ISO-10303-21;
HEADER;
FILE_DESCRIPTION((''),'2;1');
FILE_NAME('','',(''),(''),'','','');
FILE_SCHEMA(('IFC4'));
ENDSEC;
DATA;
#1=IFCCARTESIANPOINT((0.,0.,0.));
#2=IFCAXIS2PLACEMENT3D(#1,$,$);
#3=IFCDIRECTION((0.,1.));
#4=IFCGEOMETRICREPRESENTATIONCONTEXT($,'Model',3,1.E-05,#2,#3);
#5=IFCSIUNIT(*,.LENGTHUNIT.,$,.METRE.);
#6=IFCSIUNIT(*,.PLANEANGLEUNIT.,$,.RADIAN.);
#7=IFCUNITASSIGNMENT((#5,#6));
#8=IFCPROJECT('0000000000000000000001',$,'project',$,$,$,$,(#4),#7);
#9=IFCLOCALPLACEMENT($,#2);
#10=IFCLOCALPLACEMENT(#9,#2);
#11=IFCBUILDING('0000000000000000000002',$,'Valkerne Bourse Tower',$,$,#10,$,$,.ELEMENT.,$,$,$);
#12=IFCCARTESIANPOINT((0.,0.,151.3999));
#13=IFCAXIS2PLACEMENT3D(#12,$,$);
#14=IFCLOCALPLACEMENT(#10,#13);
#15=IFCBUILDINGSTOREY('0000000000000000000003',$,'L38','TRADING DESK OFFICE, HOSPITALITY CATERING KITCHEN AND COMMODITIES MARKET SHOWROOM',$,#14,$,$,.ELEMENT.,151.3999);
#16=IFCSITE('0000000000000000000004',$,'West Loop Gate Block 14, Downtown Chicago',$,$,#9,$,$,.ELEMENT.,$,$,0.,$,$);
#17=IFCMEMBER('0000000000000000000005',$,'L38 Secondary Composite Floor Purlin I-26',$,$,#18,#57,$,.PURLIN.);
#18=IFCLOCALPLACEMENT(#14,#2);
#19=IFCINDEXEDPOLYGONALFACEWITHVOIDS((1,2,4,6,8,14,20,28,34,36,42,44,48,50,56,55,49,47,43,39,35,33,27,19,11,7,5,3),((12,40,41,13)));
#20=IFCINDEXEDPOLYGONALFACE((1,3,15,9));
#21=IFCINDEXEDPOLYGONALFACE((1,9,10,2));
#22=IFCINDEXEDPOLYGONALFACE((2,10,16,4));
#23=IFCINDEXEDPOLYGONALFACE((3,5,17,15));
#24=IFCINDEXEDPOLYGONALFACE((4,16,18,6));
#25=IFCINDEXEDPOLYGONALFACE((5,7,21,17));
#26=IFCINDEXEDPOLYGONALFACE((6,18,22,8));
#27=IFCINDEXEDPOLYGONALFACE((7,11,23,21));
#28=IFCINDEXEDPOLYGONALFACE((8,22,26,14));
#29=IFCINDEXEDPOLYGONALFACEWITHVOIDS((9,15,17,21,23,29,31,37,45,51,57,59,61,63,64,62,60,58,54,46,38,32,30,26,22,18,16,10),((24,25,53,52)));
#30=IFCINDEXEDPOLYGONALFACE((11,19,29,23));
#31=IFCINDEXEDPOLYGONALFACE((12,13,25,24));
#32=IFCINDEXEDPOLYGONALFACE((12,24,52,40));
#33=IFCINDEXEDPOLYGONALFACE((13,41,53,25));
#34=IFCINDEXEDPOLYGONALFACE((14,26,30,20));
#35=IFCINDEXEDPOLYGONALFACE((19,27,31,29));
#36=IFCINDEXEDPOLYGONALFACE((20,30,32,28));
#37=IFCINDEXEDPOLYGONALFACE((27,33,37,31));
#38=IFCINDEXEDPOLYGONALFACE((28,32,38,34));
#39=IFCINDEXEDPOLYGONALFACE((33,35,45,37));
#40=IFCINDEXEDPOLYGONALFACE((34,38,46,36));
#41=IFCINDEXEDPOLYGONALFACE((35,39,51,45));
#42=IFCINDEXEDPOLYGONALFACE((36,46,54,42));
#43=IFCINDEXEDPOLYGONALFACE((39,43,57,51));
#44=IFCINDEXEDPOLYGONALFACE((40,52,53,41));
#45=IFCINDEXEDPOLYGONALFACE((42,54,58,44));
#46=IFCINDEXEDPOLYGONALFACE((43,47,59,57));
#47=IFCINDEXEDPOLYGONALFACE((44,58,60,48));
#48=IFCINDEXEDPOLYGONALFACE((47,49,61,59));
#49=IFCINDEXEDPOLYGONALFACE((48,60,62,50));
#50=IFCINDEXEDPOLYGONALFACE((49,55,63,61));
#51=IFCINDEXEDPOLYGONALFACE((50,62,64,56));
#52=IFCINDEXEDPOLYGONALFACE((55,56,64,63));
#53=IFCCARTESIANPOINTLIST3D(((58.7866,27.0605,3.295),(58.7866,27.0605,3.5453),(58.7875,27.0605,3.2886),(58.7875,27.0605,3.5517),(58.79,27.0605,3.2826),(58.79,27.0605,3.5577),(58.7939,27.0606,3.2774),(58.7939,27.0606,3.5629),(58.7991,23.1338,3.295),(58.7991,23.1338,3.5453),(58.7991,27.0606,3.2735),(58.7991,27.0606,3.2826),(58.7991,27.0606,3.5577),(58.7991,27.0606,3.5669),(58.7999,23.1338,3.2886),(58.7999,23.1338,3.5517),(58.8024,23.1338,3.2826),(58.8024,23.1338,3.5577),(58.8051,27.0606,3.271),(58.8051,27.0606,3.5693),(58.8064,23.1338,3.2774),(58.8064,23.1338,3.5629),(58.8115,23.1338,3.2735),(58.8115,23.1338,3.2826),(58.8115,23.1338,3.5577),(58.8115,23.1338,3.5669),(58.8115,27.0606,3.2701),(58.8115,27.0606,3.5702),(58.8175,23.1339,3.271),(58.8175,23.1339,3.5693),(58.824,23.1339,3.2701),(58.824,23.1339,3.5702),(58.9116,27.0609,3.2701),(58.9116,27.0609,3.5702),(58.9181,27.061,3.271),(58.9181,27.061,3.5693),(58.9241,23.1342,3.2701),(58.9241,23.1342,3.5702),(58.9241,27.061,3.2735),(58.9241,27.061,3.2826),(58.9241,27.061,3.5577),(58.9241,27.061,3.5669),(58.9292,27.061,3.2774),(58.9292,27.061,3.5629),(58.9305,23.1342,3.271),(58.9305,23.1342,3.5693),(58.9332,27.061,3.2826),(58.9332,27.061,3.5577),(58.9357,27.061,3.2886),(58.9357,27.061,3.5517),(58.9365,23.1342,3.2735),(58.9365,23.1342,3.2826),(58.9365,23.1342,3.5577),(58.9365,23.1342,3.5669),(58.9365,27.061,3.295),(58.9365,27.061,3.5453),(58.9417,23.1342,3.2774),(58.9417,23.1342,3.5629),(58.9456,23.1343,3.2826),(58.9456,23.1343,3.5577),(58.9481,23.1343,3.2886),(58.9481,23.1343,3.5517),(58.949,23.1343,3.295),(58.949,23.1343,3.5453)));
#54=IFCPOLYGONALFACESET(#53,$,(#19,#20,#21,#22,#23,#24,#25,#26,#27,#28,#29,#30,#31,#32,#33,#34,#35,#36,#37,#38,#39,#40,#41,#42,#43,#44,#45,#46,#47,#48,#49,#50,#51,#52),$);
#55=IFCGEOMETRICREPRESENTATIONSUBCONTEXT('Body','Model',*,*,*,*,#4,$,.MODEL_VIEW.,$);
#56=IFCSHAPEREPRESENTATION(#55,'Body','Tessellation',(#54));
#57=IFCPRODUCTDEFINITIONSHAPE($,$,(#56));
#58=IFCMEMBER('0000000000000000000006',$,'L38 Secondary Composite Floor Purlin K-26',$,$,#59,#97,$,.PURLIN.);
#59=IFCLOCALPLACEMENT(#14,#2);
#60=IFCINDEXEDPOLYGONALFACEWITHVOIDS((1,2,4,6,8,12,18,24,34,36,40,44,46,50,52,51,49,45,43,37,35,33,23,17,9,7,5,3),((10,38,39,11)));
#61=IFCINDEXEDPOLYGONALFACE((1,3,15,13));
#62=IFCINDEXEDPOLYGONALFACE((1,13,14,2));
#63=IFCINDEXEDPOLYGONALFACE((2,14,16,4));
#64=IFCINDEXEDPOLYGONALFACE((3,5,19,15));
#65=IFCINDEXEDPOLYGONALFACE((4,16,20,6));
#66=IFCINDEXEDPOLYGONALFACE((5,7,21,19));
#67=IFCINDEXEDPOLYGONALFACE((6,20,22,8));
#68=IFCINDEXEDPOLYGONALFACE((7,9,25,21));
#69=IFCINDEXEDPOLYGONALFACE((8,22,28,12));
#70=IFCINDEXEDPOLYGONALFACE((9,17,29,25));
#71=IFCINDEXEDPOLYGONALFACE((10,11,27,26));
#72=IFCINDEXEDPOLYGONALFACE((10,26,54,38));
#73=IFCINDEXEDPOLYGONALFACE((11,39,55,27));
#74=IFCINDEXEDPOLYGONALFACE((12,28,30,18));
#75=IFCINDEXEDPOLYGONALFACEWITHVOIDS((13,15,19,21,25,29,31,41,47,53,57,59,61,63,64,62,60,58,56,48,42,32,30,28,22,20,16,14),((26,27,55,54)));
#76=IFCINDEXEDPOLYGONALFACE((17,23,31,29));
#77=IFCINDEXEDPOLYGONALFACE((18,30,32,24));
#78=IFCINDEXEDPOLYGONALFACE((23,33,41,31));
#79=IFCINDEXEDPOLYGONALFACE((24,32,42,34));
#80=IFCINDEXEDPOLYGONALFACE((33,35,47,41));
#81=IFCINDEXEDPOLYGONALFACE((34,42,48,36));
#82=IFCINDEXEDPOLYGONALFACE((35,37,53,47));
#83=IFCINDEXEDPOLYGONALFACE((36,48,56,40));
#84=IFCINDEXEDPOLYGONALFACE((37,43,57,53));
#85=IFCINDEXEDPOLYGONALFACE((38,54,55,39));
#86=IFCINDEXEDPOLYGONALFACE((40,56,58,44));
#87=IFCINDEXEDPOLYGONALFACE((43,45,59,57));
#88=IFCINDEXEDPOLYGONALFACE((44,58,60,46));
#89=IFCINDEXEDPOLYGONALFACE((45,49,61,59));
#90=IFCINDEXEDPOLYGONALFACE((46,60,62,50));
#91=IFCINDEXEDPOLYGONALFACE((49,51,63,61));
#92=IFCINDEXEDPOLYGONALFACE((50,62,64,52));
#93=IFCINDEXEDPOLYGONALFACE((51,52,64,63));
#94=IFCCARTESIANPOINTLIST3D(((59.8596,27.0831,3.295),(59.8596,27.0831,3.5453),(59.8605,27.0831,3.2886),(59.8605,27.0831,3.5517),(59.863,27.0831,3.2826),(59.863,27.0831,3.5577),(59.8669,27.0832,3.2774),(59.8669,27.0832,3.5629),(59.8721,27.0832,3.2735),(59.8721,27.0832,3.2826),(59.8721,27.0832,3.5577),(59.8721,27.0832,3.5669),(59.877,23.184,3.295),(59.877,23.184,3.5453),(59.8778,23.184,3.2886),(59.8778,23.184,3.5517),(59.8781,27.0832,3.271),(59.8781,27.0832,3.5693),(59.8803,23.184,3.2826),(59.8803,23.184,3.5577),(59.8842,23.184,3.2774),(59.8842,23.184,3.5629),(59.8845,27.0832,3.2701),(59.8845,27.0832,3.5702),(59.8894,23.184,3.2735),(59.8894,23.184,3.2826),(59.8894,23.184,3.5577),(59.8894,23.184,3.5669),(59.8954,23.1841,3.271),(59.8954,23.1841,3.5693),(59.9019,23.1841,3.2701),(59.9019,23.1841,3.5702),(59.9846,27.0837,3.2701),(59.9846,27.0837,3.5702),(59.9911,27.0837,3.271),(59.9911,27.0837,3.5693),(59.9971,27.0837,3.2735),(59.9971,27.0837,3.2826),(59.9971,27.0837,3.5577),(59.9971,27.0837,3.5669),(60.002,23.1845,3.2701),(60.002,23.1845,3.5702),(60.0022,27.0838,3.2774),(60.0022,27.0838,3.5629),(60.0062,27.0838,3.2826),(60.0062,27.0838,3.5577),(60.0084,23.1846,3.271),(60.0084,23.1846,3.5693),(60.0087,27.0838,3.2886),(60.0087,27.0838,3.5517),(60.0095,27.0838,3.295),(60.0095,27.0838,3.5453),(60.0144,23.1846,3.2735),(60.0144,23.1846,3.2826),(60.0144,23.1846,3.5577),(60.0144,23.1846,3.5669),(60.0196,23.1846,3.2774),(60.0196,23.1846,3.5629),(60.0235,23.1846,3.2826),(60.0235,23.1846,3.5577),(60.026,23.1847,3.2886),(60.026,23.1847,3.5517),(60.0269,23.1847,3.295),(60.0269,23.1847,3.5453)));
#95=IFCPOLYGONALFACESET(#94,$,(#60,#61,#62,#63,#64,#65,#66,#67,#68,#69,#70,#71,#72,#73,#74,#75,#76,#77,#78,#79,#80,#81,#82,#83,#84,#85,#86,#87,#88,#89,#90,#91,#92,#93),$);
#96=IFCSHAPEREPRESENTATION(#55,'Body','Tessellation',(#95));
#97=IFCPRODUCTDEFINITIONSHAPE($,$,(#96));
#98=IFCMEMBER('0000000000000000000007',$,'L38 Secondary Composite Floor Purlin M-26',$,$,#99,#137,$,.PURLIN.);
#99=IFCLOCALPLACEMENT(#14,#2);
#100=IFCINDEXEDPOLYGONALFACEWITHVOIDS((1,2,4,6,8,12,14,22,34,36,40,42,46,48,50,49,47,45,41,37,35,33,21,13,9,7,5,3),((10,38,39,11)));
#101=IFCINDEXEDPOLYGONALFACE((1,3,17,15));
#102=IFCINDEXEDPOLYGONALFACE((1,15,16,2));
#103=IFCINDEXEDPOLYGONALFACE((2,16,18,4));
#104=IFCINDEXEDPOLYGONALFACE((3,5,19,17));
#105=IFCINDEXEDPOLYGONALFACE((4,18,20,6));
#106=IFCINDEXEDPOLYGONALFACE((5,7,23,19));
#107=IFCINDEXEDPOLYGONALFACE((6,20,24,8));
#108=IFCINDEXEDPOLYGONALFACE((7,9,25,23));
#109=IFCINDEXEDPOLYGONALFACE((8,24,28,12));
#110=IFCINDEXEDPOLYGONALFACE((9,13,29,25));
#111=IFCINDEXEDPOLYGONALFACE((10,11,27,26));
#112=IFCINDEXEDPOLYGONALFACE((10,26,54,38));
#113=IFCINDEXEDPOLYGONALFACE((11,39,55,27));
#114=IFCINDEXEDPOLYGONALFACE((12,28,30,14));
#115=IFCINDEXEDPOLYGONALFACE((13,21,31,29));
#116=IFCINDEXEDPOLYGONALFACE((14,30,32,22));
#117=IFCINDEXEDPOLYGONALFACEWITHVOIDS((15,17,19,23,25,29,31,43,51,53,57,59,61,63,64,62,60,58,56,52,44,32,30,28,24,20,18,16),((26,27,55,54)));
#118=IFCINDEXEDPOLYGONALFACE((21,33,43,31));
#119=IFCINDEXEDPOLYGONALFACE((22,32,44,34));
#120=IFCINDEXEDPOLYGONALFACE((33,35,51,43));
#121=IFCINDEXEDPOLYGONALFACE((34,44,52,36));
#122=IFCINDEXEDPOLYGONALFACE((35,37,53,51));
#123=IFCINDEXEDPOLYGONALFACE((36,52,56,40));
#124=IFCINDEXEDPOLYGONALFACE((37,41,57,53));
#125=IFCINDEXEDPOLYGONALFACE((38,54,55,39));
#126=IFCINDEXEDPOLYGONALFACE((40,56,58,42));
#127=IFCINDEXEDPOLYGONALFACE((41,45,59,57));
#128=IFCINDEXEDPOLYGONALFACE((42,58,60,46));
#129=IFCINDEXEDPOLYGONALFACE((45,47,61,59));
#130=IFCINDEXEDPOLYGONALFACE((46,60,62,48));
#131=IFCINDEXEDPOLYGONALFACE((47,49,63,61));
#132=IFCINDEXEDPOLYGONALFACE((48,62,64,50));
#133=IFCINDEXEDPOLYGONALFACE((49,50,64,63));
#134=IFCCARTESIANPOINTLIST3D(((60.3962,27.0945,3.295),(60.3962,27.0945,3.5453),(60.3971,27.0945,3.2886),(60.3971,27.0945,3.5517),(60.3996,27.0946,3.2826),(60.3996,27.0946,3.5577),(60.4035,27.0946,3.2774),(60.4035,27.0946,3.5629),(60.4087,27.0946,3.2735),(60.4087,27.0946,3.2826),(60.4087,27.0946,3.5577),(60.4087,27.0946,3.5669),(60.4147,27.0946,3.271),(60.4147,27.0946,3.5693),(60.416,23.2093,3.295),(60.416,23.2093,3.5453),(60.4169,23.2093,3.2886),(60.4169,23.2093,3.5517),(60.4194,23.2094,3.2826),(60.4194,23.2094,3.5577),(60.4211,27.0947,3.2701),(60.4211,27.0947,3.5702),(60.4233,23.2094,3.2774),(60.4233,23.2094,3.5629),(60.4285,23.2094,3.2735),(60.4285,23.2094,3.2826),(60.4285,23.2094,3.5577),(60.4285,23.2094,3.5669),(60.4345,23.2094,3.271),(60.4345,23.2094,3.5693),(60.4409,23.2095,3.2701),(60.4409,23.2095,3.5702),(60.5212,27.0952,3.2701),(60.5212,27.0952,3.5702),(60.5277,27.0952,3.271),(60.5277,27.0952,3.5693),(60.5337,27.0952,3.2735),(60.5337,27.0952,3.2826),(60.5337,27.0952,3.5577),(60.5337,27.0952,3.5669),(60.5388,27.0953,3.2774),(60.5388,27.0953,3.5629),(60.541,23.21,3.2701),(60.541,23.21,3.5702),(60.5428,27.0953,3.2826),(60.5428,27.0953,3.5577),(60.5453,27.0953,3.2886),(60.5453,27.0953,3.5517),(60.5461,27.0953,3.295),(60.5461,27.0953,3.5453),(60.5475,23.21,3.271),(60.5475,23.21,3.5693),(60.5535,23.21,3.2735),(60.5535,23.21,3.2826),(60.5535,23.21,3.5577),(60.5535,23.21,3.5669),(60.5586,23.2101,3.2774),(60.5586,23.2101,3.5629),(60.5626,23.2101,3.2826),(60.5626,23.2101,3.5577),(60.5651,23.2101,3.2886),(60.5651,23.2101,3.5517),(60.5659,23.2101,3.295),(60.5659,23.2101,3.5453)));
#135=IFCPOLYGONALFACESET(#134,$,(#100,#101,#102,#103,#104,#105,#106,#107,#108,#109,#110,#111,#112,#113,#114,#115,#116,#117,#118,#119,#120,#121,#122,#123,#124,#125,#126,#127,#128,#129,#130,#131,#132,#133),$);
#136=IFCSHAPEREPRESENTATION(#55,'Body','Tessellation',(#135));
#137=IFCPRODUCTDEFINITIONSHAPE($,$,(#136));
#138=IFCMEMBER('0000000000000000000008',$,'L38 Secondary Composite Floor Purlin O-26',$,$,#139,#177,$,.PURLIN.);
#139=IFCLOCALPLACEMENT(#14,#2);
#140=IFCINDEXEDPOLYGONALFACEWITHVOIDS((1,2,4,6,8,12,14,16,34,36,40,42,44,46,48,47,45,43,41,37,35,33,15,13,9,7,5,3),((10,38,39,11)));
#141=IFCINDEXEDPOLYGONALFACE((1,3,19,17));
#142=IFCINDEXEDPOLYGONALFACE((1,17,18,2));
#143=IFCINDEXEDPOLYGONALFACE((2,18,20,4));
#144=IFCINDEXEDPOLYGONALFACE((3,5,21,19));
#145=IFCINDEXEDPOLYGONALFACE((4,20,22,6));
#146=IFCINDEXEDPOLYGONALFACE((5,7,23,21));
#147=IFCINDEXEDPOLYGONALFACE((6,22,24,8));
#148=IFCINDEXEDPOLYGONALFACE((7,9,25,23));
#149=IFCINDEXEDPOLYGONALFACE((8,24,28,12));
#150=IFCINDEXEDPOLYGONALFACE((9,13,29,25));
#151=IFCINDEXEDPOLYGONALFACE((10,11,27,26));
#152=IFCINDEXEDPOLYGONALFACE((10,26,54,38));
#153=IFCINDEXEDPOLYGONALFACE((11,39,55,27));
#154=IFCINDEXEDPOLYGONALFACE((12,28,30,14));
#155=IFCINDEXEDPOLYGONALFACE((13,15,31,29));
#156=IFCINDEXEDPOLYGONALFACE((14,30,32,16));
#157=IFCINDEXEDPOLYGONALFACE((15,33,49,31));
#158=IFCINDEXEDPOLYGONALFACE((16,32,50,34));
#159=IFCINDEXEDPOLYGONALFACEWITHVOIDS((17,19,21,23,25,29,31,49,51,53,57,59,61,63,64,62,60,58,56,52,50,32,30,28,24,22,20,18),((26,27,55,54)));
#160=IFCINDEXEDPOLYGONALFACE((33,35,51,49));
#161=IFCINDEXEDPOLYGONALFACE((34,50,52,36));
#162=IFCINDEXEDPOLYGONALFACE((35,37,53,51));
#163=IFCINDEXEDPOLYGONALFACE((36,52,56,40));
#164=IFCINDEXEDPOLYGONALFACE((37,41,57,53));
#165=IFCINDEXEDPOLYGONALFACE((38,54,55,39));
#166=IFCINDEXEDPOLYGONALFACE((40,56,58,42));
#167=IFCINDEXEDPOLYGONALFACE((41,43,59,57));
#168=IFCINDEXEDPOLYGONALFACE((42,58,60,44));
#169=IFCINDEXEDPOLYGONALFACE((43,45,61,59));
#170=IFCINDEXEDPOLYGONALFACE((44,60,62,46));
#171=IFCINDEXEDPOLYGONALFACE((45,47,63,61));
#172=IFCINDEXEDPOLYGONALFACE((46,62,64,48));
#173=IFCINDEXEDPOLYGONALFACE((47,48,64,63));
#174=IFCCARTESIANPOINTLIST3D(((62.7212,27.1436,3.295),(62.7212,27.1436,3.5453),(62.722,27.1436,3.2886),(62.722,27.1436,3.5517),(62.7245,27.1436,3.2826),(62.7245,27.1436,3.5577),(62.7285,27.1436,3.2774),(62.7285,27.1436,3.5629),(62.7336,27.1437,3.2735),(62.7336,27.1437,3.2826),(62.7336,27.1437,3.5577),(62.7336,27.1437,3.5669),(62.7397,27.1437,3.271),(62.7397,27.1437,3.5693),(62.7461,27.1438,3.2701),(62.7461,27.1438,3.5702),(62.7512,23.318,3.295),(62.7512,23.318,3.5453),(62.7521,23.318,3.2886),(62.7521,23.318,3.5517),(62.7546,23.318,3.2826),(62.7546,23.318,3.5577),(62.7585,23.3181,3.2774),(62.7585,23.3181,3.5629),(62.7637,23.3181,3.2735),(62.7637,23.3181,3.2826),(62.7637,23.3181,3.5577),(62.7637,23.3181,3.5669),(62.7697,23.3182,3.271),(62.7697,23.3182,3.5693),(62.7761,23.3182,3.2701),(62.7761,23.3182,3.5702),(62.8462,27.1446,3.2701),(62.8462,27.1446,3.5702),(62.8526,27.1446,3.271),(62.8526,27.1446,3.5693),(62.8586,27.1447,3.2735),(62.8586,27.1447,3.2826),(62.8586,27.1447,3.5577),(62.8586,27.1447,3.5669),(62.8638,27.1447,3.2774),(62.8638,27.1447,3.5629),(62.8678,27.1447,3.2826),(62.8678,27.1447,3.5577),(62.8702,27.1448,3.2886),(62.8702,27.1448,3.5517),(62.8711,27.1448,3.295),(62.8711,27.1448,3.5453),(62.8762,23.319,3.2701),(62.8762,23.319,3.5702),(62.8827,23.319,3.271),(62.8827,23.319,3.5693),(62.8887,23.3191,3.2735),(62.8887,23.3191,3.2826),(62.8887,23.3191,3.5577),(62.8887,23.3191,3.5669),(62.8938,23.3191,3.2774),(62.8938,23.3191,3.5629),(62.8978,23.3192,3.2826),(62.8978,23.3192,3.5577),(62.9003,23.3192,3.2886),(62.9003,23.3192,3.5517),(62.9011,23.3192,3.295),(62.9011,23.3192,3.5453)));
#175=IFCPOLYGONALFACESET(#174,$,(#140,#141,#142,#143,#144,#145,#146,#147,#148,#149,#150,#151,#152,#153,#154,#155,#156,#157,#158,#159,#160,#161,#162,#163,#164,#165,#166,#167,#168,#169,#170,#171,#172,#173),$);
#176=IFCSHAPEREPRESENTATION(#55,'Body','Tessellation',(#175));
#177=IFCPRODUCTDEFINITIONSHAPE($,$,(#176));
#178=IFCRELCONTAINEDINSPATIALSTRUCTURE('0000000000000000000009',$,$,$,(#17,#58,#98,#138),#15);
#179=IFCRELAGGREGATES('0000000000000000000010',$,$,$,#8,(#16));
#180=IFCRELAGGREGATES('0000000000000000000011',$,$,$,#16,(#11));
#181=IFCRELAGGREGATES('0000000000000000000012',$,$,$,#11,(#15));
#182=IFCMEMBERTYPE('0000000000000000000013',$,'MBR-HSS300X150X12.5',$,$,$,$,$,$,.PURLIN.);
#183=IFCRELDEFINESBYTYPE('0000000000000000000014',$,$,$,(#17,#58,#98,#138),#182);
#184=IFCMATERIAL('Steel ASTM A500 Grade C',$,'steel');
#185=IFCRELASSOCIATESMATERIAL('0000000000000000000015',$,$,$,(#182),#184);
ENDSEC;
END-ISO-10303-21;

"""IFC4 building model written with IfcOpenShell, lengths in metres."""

from ifc_helpers import new_model, si_unit, direction, frame, origin, origin_2d, place, context, subcontext, project, spatial, hollow_rectangle, extrude, material, material_profile, profile_set, type_object, element, save


model = new_model("IFC4")

# Units and contexts
model_context = context("Model", 3, precision=1e-05, world=origin(), true_north=direction((0.0, 1.0)))
body_context = subcontext(model_context, "Body", "Model", "MODEL_VIEW")
ifc_project = project(units=[si_unit("LENGTHUNIT", "METRE"), si_unit("PLANEANGLEUNIT", "RADIAN")], contexts=[model_context])

# Site, building, storey
site_placement = place(None, origin())
site = spatial("IfcSite", under=ifc_project, at=site_placement, Name="West Loop Gate Block 14, Downtown Chicago", CompositionType="ELEMENT", RefElevation=0.0)
building_placement = place(site_placement, origin())
building = spatial("IfcBuilding", under=site, at=building_placement, Name="Valkerne Bourse Tower", CompositionType="ELEMENT")
storey_placement = place(building_placement, frame((0.0, 0.0, 151.3999)))
storey = spatial("IfcBuildingStorey", under=building, at=storey_placement, Name="L38", Description="TRADING DESK OFFICE, HOSPITALITY CATERING KITCHEN AND COMMODITIES MARKET SHOWROOM", CompositionType="ELEMENT", Elevation=151.3999)

# Members
ifc_material_1 = material(Name="Steel ASTM A500 Grade C", Category="steel")
ifc_material_profile_1 = material_profile(ifc_material_1, hollow_rectangle(XDim=0.1499, YDim=0.3, WallThickness=0.0125, OuterFilletRadius=0.0249, at=origin_2d()), Name="HSS300X150X12.5")
ifc_profile_set_1 = profile_set([ifc_material_profile_1], Name="Steel ASTM A500 Grade C")
member_type_1 = type_object("IfcMemberType", Name="MBR-HSS300X150X12.5", PredefinedType="PURLIN", material=ifc_profile_set_1)
member_1_placement = place(storey_placement, frame((58.874, 23.134, 3.4202), z_axis=(-0.003171, 0.999995, 0.0), x_axis=(-0.999995, -0.003171, 0.0)))
element("IfcMember", 1, at=member_1_placement, inside=storey, type_object=member_type_1, Name="L38 Secondary Composite Floor Purlin I-26", PredefinedType="PURLIN", context=body_context, shape_type="SweptSolid", body=[
    extrude(hollow_rectangle(XDim=0.1499, YDim=0.3, WallThickness=0.0125, OuterFilletRadius=0.0249, at=origin_2d()), origin(), (0.0, 0.0, 1.0), 3.9268),
])
member_2_placement = place(storey_placement, frame((59.9519, 23.1843, 3.4202), z_axis=(-0.004446, 0.99999, 0.0), x_axis=(-0.99999, -0.004446, 0.0)))
element("IfcMember", 2, at=member_2_placement, inside=storey, type_object=member_type_1, Name="L38 Secondary Composite Floor Purlin K-26", PredefinedType="PURLIN", context=body_context, shape_type="SweptSolid", body=[
    extrude(hollow_rectangle(XDim=0.1499, YDim=0.3, WallThickness=0.0125, OuterFilletRadius=0.0249, at=origin_2d()), origin(), (0.0, 0.0, 1.0), 3.8992),
])
member_3_placement = place(storey_placement, frame((60.491, 23.2097, 3.4202), z_axis=(-0.00509, 0.999987, 0.0), x_axis=(-0.999987, -0.00509, 0.0)))
element("IfcMember", 3, at=member_3_placement, inside=storey, type_object=member_type_1, Name="L38 Secondary Composite Floor Purlin M-26", PredefinedType="PURLIN", context=body_context, shape_type="SweptSolid", body=[
    extrude(hollow_rectangle(XDim=0.1499, YDim=0.3, WallThickness=0.0125, OuterFilletRadius=0.0249, at=origin_2d()), origin(), (0.0, 0.0, 1.0), 3.8853),
])
member_4_placement = place(storey_placement, frame((62.8262, 23.3186, 3.4202), z_axis=(-0.007849, 0.999969, 0.0), x_axis=(-0.999969, -0.007849, 0.0)))
element("IfcMember", 4, at=member_4_placement, inside=storey, type_object=member_type_1, Name="L38 Secondary Composite Floor Purlin O-26", PredefinedType="PURLIN", context=body_context, shape_type="SweptSolid", body=[
    extrude(hollow_rectangle(XDim=0.1499, YDim=0.3, WallThickness=0.0125, OuterFilletRadius=0.0249, at=origin_2d()), origin(), (0.0, 0.0, 1.0), 3.8257),
])

save(model, "model.ifc")
